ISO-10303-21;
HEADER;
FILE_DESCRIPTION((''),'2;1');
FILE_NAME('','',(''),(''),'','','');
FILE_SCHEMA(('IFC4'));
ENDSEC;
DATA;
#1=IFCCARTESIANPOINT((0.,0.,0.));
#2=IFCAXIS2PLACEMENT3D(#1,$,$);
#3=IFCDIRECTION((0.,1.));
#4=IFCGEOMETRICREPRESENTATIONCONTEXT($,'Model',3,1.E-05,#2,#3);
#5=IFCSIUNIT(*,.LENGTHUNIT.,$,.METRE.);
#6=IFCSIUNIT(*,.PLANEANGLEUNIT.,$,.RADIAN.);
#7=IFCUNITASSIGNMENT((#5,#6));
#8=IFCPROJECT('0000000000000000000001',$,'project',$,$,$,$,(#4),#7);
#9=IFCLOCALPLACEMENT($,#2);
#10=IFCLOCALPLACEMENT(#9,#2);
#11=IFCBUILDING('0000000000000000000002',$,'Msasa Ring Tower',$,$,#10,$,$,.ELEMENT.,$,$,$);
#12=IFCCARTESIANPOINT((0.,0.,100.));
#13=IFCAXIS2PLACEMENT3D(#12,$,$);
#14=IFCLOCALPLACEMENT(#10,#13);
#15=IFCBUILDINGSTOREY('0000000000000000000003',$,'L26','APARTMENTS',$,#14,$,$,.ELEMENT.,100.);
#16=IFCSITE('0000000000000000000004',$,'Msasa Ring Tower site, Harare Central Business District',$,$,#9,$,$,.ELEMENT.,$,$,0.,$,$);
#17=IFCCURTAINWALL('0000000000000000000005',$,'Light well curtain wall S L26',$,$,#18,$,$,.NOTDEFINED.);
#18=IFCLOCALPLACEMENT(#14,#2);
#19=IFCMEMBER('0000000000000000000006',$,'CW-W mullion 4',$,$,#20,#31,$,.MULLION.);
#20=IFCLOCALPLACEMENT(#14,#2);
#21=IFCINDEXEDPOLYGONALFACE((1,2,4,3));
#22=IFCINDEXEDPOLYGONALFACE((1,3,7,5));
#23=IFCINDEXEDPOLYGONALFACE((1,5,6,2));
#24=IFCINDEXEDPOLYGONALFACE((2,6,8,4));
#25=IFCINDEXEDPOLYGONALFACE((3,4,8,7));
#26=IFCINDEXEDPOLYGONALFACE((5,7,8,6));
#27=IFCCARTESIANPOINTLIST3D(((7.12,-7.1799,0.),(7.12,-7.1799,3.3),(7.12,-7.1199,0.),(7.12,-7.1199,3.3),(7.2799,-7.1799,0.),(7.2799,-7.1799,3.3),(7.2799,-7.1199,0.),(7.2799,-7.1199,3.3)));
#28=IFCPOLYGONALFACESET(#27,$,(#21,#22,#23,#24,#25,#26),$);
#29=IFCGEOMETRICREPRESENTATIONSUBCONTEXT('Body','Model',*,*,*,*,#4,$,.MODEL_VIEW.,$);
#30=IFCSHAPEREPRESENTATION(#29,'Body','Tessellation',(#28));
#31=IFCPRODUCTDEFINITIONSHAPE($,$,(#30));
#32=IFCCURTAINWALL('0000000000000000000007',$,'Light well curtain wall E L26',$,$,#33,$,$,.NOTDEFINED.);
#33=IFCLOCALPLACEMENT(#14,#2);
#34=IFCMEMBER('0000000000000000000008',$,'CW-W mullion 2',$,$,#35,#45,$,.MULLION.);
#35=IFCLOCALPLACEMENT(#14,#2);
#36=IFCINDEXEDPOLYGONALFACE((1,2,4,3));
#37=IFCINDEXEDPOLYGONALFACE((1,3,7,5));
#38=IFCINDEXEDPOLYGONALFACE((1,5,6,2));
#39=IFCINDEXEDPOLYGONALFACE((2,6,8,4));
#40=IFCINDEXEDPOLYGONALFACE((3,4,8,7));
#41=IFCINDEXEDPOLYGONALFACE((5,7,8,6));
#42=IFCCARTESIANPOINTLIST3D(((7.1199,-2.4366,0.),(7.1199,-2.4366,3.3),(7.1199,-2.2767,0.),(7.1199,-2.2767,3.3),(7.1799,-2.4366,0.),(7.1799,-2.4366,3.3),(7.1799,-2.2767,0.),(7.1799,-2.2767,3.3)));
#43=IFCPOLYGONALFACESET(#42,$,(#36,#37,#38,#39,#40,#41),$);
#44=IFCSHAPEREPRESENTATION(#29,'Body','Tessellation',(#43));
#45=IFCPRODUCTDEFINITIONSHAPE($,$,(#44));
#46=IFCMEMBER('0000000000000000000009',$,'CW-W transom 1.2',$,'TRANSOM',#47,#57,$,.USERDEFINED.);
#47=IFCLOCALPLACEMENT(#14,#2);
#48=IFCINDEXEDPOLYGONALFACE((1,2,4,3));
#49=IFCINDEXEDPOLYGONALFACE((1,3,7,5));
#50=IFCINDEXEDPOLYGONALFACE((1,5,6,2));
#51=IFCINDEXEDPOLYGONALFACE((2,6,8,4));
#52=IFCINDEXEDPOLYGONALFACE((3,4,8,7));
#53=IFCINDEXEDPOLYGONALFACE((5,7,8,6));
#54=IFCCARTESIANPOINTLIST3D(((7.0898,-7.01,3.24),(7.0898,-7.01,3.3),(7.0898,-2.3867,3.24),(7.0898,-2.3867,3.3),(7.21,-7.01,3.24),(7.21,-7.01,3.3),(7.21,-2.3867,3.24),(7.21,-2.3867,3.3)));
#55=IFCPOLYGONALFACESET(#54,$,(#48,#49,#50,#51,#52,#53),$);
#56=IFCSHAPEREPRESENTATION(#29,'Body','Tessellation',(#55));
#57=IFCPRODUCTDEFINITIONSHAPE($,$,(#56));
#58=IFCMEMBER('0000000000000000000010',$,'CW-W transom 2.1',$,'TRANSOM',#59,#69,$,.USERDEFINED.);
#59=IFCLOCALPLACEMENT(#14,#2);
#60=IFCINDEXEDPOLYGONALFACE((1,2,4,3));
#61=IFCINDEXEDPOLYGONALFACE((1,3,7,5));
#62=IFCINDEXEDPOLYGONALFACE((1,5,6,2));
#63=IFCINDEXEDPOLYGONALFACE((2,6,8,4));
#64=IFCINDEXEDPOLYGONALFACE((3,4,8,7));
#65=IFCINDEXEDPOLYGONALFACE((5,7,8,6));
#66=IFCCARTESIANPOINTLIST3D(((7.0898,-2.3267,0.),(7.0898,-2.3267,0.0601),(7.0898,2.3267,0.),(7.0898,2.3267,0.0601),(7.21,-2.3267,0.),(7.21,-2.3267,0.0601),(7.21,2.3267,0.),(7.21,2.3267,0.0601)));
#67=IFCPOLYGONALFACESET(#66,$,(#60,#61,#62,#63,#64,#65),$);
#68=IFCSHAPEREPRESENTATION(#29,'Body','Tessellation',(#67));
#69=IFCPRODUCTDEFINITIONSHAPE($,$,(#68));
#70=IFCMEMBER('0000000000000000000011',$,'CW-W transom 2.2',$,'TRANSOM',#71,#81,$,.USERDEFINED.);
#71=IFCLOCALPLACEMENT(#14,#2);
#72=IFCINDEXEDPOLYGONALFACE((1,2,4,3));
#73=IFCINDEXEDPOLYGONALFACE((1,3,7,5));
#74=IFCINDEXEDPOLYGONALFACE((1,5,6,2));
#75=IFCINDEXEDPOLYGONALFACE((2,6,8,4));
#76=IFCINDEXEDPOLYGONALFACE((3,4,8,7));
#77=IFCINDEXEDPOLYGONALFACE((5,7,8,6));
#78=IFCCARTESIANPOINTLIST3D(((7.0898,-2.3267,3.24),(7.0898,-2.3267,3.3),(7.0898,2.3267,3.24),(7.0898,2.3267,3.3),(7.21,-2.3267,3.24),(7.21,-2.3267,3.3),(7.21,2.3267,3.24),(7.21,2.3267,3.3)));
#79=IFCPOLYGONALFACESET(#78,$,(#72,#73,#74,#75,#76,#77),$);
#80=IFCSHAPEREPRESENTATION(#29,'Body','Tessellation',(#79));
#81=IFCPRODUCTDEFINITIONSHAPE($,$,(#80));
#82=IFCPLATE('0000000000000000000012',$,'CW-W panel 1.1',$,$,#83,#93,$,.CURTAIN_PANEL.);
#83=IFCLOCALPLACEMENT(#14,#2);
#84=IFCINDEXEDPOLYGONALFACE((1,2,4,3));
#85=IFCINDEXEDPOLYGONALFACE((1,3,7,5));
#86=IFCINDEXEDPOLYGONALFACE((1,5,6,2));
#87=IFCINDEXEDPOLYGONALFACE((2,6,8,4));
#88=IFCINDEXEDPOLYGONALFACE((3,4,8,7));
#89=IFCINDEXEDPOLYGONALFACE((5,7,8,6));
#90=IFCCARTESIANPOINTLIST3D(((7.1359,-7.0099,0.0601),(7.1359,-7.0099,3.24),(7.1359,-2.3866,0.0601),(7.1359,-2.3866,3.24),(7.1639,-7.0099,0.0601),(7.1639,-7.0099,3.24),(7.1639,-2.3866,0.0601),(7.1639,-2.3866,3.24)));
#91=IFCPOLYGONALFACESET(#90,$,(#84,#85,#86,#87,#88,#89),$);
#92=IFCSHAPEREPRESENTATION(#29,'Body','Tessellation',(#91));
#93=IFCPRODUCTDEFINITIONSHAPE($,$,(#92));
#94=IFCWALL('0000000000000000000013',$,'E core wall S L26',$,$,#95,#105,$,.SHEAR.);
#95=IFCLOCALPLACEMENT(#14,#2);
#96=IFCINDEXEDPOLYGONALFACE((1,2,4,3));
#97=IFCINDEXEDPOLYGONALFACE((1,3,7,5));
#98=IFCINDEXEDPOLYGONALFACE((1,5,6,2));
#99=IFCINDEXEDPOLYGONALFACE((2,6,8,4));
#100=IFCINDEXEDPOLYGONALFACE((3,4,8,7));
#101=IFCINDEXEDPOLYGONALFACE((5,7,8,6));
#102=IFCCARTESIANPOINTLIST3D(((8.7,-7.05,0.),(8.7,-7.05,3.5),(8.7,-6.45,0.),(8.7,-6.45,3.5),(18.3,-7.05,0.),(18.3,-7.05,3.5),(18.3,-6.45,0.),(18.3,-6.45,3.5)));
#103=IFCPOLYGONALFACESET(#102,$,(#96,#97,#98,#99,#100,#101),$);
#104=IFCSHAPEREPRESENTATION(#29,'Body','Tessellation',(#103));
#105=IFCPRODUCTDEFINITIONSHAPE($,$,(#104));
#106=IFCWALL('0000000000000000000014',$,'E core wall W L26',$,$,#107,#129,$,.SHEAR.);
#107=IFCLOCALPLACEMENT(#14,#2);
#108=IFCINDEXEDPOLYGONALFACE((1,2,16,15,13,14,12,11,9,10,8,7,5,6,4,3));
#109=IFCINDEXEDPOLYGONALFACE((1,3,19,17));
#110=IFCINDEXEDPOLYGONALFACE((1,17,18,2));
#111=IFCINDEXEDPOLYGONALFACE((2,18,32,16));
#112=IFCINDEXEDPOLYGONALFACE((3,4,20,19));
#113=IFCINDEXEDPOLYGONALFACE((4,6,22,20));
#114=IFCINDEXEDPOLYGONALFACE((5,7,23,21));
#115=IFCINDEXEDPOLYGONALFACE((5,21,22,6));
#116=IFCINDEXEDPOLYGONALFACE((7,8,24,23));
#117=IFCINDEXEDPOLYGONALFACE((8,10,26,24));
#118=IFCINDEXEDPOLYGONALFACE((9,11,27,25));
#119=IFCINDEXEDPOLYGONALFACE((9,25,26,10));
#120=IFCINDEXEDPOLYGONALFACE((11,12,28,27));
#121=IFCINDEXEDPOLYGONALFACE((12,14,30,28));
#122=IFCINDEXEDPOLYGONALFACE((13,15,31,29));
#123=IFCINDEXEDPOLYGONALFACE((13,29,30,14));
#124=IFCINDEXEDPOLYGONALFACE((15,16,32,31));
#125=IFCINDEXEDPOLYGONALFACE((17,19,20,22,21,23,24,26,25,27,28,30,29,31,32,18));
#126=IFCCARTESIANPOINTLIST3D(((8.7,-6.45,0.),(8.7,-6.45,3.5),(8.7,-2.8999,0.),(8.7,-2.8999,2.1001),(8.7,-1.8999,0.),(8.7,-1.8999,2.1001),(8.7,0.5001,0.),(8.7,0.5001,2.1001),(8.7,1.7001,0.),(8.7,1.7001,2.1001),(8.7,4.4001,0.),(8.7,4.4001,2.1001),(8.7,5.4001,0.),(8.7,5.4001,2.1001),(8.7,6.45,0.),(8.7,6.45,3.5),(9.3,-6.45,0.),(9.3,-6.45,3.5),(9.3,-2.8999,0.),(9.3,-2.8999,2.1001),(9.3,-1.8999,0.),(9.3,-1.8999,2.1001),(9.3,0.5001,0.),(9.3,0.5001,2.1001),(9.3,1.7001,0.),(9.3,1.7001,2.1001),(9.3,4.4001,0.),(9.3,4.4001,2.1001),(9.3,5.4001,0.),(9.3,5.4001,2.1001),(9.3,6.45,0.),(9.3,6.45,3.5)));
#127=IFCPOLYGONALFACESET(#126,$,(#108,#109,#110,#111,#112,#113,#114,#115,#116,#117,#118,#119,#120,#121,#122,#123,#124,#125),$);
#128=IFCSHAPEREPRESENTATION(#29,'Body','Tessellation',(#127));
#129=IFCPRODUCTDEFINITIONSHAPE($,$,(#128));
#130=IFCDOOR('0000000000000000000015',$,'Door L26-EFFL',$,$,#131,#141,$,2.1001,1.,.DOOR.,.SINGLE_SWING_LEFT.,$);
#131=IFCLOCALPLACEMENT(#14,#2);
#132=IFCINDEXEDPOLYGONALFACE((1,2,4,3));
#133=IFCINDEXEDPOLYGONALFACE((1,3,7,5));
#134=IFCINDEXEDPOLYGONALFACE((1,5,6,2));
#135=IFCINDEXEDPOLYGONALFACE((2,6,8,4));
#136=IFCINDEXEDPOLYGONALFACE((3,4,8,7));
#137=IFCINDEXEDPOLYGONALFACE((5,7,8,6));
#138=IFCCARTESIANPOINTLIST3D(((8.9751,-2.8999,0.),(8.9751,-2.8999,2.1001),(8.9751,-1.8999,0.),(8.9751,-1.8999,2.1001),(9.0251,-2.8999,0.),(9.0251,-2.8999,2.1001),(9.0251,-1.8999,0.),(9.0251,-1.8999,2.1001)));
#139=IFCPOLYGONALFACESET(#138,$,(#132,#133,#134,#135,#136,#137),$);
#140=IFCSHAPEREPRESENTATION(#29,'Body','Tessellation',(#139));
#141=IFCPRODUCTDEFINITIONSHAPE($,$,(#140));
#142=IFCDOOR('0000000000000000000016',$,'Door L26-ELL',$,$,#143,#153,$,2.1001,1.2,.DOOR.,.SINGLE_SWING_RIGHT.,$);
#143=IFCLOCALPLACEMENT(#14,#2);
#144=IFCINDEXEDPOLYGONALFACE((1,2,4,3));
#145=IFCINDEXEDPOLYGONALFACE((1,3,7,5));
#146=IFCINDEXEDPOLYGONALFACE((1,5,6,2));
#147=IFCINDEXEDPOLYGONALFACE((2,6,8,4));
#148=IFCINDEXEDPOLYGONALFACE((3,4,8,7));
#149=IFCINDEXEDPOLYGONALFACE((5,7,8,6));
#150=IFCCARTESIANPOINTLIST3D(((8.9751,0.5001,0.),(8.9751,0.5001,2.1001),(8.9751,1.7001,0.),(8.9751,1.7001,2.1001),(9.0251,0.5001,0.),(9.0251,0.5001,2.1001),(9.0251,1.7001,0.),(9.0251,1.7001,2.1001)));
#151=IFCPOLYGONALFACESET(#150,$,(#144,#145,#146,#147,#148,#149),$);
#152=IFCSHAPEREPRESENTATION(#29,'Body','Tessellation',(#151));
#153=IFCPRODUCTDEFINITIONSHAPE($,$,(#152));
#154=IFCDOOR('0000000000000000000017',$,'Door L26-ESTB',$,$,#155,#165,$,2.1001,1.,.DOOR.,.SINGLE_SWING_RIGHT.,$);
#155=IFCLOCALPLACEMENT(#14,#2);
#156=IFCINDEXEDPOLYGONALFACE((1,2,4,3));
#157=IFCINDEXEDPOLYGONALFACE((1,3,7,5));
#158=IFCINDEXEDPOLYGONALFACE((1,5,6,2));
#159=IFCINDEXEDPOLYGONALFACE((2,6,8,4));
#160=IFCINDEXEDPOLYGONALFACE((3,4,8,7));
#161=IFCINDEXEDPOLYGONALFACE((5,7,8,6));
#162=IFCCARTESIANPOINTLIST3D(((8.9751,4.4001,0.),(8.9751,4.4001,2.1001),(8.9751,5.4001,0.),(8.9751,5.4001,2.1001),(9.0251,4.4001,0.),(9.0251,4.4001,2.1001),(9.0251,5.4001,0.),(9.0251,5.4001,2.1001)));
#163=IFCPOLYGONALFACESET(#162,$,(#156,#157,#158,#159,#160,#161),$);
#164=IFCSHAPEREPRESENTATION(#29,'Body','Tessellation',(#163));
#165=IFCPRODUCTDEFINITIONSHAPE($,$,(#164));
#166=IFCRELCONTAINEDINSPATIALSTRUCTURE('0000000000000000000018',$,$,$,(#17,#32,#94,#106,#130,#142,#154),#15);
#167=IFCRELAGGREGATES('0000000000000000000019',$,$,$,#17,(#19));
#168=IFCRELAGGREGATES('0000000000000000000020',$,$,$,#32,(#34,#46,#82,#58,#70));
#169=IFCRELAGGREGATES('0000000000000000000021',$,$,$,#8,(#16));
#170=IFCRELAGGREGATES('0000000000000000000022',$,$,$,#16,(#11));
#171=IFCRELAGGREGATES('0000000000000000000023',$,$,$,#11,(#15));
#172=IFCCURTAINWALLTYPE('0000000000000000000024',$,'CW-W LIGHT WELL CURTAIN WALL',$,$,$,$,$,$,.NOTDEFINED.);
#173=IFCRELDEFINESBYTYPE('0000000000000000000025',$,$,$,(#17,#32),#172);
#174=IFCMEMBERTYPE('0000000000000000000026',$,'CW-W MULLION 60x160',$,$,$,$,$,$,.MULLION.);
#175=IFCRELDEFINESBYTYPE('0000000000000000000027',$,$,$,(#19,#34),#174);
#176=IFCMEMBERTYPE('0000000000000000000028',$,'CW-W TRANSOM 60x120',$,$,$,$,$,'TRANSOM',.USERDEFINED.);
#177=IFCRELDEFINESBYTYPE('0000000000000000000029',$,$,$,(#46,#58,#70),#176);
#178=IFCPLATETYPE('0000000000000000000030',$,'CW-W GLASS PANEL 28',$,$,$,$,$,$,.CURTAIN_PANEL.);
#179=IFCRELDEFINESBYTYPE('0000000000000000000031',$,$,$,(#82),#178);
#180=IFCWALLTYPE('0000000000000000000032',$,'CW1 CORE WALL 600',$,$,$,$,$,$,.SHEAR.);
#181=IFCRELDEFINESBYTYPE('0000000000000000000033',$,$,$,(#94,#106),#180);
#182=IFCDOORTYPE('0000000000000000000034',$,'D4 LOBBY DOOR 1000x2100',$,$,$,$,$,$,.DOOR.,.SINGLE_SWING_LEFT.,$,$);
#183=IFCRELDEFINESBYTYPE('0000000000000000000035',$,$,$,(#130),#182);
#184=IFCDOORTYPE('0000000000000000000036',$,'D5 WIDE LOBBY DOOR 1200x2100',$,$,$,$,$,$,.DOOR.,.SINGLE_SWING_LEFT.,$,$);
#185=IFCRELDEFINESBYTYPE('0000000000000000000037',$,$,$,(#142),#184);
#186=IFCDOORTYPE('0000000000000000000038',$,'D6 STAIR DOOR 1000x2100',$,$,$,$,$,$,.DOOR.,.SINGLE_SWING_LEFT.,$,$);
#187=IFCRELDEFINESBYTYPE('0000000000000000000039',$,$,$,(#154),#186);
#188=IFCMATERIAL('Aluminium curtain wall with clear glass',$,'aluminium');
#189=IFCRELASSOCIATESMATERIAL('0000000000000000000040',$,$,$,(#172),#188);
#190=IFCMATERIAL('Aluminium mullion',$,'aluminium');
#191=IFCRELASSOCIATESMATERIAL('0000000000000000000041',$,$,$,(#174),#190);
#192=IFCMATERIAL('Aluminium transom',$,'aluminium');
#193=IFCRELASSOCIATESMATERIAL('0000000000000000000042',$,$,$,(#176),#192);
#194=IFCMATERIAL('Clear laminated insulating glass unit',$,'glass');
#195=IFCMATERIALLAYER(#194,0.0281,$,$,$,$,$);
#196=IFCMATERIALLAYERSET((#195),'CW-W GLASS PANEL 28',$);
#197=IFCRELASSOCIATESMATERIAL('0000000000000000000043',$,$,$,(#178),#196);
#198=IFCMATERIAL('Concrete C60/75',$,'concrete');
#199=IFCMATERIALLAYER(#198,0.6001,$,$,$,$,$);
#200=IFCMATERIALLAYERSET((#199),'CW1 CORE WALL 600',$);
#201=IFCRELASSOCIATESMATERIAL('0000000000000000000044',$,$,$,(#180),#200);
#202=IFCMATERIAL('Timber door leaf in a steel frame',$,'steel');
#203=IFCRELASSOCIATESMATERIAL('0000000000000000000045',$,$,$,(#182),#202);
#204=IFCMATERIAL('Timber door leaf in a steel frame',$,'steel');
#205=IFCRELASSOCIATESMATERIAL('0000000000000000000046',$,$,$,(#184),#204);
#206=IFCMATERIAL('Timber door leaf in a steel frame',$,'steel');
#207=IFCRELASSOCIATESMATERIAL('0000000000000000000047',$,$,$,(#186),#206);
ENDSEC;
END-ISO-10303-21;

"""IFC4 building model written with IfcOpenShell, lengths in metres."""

from ifc_helpers import new_model, si_unit, direction, frame, frame_2d, origin, origin_2d, place, context, subcontext, project, spatial, rectangle, extrude, material, layer, layer_set, material_profile, profile_set, type_object, element, fill, aggregate, save


model = new_model("IFC4")

# Units and contexts
model_context = context("Model", 3, precision=1e-05, world=origin(), true_north=direction((0.0, 1.0)))
body_context = subcontext(model_context, "Body", "Model", "MODEL_VIEW")
ifc_project = project(units=[si_unit("LENGTHUNIT", "METRE"), si_unit("PLANEANGLEUNIT", "RADIAN")], contexts=[model_context])

# Site, building, storey
site_placement = place(None, origin())
site = spatial("IfcSite", under=ifc_project, at=site_placement, Name="Msasa Ring Tower site, Harare Central Business District", CompositionType="ELEMENT", RefElevation=0.0)
building_placement = place(site_placement, origin())
building = spatial("IfcBuilding", under=site, at=building_placement, Name="Msasa Ring Tower", CompositionType="ELEMENT")
storey_placement = place(building_placement, frame((0.0, 0.0, 100.0)))
storey = spatial("IfcBuildingStorey", under=building, at=storey_placement, Name="L26", Description="APARTMENTS", CompositionType="ELEMENT", Elevation=100.0)

# Curtain wall, member
ifc_material_1 = material(Name="Aluminium curtain wall with clear glass", Category="aluminium")
curtain_wall_type = type_object("IfcCurtainWallType", Name="CW-W LIGHT WELL CURTAIN WALL", PredefinedType="NOTDEFINED", material=ifc_material_1)
curtain_wall_1_placement = place(storey_placement, origin())
curtain_wall_1 = element("IfcCurtainWall", 1, at=curtain_wall_1_placement, inside=storey, type_object=curtain_wall_type, Name="Light well curtain wall S L26", PredefinedType="NOTDEFINED")
ifc_material_2 = material(Name="Aluminium mullion", Category="aluminium")
ifc_material_profile_1 = material_profile(ifc_material_2, rectangle(XDim=0.0601, YDim=0.1599, at=origin_2d()), Name="AL 60x160")
ifc_profile_set_1 = profile_set([ifc_material_profile_1], Name="Aluminium mullion")
member_type_1 = type_object("IfcMemberType", Name="CW-W MULLION 60x160", PredefinedType="MULLION", material=ifc_profile_set_1)
member_1_placement = place(storey_placement, frame((7.2, -7.1499, 0.0), z_axis=(0.0, 0.0, 1.0), x_axis=(0.0, 1.0, 0.0)))
member_1 = element("IfcMember", 2, at=member_1_placement, type_object=member_type_1, Name="CW-W mullion 4", PredefinedType="MULLION", context=body_context, shape_type="SweptSolid", body=[
    extrude(rectangle(XDim=0.0601, YDim=0.1599, at=origin_2d()), origin(), (0.0, 0.0, 1.0), 3.3),
])
aggregate(curtain_wall_1, [member_1])

# Curtain wall, members, plate
curtain_wall_2_placement = place(storey_placement, origin())
curtain_wall_2 = element("IfcCurtainWall", 3, at=curtain_wall_2_placement, inside=storey, type_object=curtain_wall_type, Name="Light well curtain wall E L26", PredefinedType="NOTDEFINED")
member_2_placement = place(storey_placement, frame((7.1499, -2.3567, 0.0), z_axis=(0.0, 0.0, 1.0), x_axis=(-1.0, 0.0, 0.0)))
member_2 = element("IfcMember", 4, at=member_2_placement, type_object=member_type_1, Name="CW-W mullion 2", PredefinedType="MULLION", context=body_context, shape_type="SweptSolid", body=[
    extrude(rectangle(XDim=0.0601, YDim=0.1599, at=origin_2d()), origin(), (0.0, 0.0, 1.0), 3.3),
])
ifc_material_3 = material(Name="Aluminium transom", Category="aluminium")
ifc_material_profile_2 = material_profile(ifc_material_3, rectangle(XDim=0.1201, YDim=0.0601, at=origin_2d()), Name="AL 60x120")
ifc_profile_set_2 = profile_set([ifc_material_profile_2], Name="Aluminium transom")
member_type_2 = type_object("IfcMemberType", Name="CW-W TRANSOM 60x120", ElementType="TRANSOM", PredefinedType="USERDEFINED", material=ifc_profile_set_2)
member_3_placement = place(storey_placement, frame((7.1499, -7.01, 3.27), z_axis=(0.0, 1.0, 0.0), x_axis=(-1.0, 0.0, 0.0)))
member_3 = element("IfcMember", 5, at=member_3_placement, type_object=member_type_2, Name="CW-W transom 1.2", ObjectType="TRANSOM", PredefinedType="USERDEFINED", context=body_context, shape_type="SweptSolid", body=[
    extrude(rectangle(XDim=0.1201, YDim=0.0601, at=origin_2d()), origin(), (0.0, 0.0, 1.0), 4.6233),
])
member_4_placement = place(storey_placement, frame((7.1499, -2.3267, 0.03), z_axis=(0.0, 1.0, 0.0), x_axis=(-1.0, 0.0, 0.0)))
member_4 = element("IfcMember", 6, at=member_4_placement, type_object=member_type_2, Name="CW-W transom 2.1", ObjectType="TRANSOM", PredefinedType="USERDEFINED", context=body_context, shape_type="SweptSolid", body=[
    extrude(rectangle(XDim=0.1201, YDim=0.0601, at=origin_2d()), origin(), (0.0, 0.0, 1.0), 4.6533),
])
member_5_placement = place(storey_placement, frame((7.1499, -2.3267, 3.27), z_axis=(0.0, 1.0, 0.0), x_axis=(-1.0, 0.0, 0.0)))
member_5 = element("IfcMember", 7, at=member_5_placement, type_object=member_type_2, Name="CW-W transom 2.2", ObjectType="TRANSOM", PredefinedType="USERDEFINED", context=body_context, shape_type="SweptSolid", body=[
    extrude(rectangle(XDim=0.1201, YDim=0.0601, at=origin_2d()), origin(), (0.0, 0.0, 1.0), 4.6533),
])
ifc_material_4 = material(Name="Clear laminated insulating glass unit", Category="glass")
ifc_layer_1 = layer(ifc_material_4, 0.0281)
ifc_layer_set_1 = layer_set([ifc_layer_1], Name="CW-W GLASS PANEL 28")
plate_type = type_object("IfcPlateType", Name="CW-W GLASS PANEL 28", PredefinedType="CURTAIN_PANEL", material=ifc_layer_set_1)
plate_placement = place(storey_placement, frame((7.1499, -4.6982, 0.0601), z_axis=(0.0, 0.0, 1.0), x_axis=(0.0, 1.0, 0.0)))
plate = element("IfcPlate", 8, at=plate_placement, type_object=plate_type, Name="CW-W panel 1.1", PredefinedType="CURTAIN_PANEL", context=body_context, shape_type="SweptSolid", body=[
    extrude(rectangle(XDim=4.6233, YDim=0.0281, at=origin_2d()), origin(), (0.0, 0.0, 1.0), 3.1799),
])
aggregate(curtain_wall_2, [member_2, member_3, plate, member_4, member_5])

# Wall
ifc_material_5 = material(Name="Concrete C60/75", Category="concrete")
ifc_layer_2 = layer(ifc_material_5, 0.6001)
ifc_layer_set_2 = layer_set([ifc_layer_2], Name="CW1 CORE WALL 600")
wall_type_1 = type_object("IfcWallType", Name="CW1 CORE WALL 600", PredefinedType="SHEAR", material=ifc_layer_set_2)
wall_1_placement = place(storey_placement, frame((8.7, -6.75, 0.0), z_axis=(0.0, 0.0, 1.0), x_axis=(1.0, 0.0, 0.0)))
element("IfcWall", 9, at=wall_1_placement, inside=storey, type_object=wall_type_1, Name="E core wall S L26", PredefinedType="SHEAR", context=body_context, shape_type="SweptSolid", body=[
    extrude(rectangle(XDim=9.6001, YDim=0.6001, at=frame_2d((4.8, 0.0))), origin(), (0.0, 0.0, 1.0), 3.5),
])

# Wall, openings, doors
wall_2_placement = place(storey_placement, frame((9.0, -6.45, 0.0), z_axis=(0.0, 0.0, 1.0), x_axis=(0.0, 1.0, 0.0)))
wall_2 = element("IfcWall", 10, at=wall_2_placement, inside=storey, type_object=wall_type_1, Name="E core wall W L26", PredefinedType="SHEAR", context=body_context, shape_type="SweptSolid", body=[
    extrude(rectangle(XDim=12.8999, YDim=0.6001, at=frame_2d((6.45, 0.0))), origin(), (0.0, 0.0, 1.0), 3.5),
])
opening_1_placement = place(wall_2_placement, frame((3.55, 0.0, 0.0)))
opening_1 = element("IfcOpeningElement", 11, at=opening_1_placement, cuts=wall_2, PredefinedType="OPENING", context=body_context, shape_type="SweptSolid", body=[
    extrude(rectangle(XDim=1.0, YDim=2.1001, at=frame_2d((0.5, 1.05))), frame((0.0, 0.3101, 0.0), z_axis=(0.0, -1.0, 0.0), x_axis=(1.0, 0.0, 0.0)), (0.0, 0.0, 1.0), 0.6201),
])
opening_2_placement = place(wall_2_placement, frame((6.95, 0.0, 0.0)))
opening_2 = element("IfcOpeningElement", 12, at=opening_2_placement, cuts=wall_2, PredefinedType="OPENING", context=body_context, shape_type="SweptSolid", body=[
    extrude(rectangle(XDim=1.2, YDim=2.1001, at=frame_2d((0.6001, 1.05))), frame((0.0, 0.3101, 0.0), z_axis=(0.0, -1.0, 0.0), x_axis=(1.0, 0.0, 0.0)), (0.0, 0.0, 1.0), 0.6201),
])
opening_3_placement = place(wall_2_placement, frame((10.8501, 0.0, 0.0)))
opening_3 = element("IfcOpeningElement", 13, at=opening_3_placement, cuts=wall_2, PredefinedType="OPENING", context=body_context, shape_type="SweptSolid", body=[
    extrude(rectangle(XDim=1.0, YDim=2.1001, at=frame_2d((0.5, 1.05))), frame((0.0, 0.3101, 0.0), z_axis=(0.0, -1.0, 0.0), x_axis=(1.0, 0.0, 0.0)), (0.0, 0.0, 1.0), 0.6201),
])
ifc_material_6 = material(Name="Timber door leaf in a steel frame", Category="steel")
door_type_1 = type_object("IfcDoorType", Name="D4 LOBBY DOOR 1000x2100", OperationType="SINGLE_SWING_LEFT", PredefinedType="DOOR", material=ifc_material_6)
door_1_placement = place(opening_1_placement, origin())
door_1 = element("IfcDoor", 14, at=door_1_placement, inside=storey, type_object=door_type_1, Name="Door L26-EFFL", OperationType="SINGLE_SWING_LEFT", OverallHeight=2.1001, OverallWidth=1.0, PredefinedType="DOOR", context=body_context, shape_type="SweptSolid", body=[
    extrude(rectangle(XDim=1.0, YDim=2.1001, at=frame_2d((0.5, 1.05))), frame((0.0, 0.0249, 0.0), z_axis=(0.0, -1.0, 0.0), x_axis=(1.0, 0.0, 0.0)), (0.0, 0.0, 1.0), 0.05),
])
fill(opening_1, door_1)
ifc_material_7 = material(Name="Timber door leaf in a steel frame", Category="steel")
door_type_2 = type_object("IfcDoorType", Name="D5 WIDE LOBBY DOOR 1200x2100", OperationType="SINGLE_SWING_LEFT", PredefinedType="DOOR", material=ifc_material_7)
door_2_placement = place(opening_2_placement, origin())
door_2 = element("IfcDoor", 15, at=door_2_placement, inside=storey, type_object=door_type_2, Name="Door L26-ELL", OperationType="SINGLE_SWING_RIGHT", OverallHeight=2.1001, OverallWidth=1.2, PredefinedType="DOOR", context=body_context, shape_type="SweptSolid", body=[
    extrude(rectangle(XDim=1.2, YDim=2.1001, at=frame_2d((0.6001, 1.05))), frame((0.0, 0.0249, 0.0), z_axis=(0.0, -1.0, 0.0), x_axis=(1.0, 0.0, 0.0)), (0.0, 0.0, 1.0), 0.05),
])
fill(opening_2, door_2)
ifc_material_8 = material(Name="Timber door leaf in a steel frame", Category="steel")
door_type_3 = type_object("IfcDoorType", Name="D6 STAIR DOOR 1000x2100", OperationType="SINGLE_SWING_LEFT", PredefinedType="DOOR", material=ifc_material_8)
door_3_placement = place(opening_3_placement, origin())
door_3 = element("IfcDoor", 16, at=door_3_placement, inside=storey, type_object=door_type_3, Name="Door L26-ESTB", OperationType="SINGLE_SWING_RIGHT", OverallHeight=2.1001, OverallWidth=1.0, PredefinedType="DOOR", context=body_context, shape_type="SweptSolid", body=[
    extrude(rectangle(XDim=1.0, YDim=2.1001, at=frame_2d((0.5, 1.05))), frame((0.0, 0.0249, 0.0), z_axis=(0.0, -1.0, 0.0), x_axis=(1.0, 0.0, 0.0)), (0.0, 0.0, 1.0), 0.05),
])
fill(opening_3, door_3)

save(model, "model.ifc")
